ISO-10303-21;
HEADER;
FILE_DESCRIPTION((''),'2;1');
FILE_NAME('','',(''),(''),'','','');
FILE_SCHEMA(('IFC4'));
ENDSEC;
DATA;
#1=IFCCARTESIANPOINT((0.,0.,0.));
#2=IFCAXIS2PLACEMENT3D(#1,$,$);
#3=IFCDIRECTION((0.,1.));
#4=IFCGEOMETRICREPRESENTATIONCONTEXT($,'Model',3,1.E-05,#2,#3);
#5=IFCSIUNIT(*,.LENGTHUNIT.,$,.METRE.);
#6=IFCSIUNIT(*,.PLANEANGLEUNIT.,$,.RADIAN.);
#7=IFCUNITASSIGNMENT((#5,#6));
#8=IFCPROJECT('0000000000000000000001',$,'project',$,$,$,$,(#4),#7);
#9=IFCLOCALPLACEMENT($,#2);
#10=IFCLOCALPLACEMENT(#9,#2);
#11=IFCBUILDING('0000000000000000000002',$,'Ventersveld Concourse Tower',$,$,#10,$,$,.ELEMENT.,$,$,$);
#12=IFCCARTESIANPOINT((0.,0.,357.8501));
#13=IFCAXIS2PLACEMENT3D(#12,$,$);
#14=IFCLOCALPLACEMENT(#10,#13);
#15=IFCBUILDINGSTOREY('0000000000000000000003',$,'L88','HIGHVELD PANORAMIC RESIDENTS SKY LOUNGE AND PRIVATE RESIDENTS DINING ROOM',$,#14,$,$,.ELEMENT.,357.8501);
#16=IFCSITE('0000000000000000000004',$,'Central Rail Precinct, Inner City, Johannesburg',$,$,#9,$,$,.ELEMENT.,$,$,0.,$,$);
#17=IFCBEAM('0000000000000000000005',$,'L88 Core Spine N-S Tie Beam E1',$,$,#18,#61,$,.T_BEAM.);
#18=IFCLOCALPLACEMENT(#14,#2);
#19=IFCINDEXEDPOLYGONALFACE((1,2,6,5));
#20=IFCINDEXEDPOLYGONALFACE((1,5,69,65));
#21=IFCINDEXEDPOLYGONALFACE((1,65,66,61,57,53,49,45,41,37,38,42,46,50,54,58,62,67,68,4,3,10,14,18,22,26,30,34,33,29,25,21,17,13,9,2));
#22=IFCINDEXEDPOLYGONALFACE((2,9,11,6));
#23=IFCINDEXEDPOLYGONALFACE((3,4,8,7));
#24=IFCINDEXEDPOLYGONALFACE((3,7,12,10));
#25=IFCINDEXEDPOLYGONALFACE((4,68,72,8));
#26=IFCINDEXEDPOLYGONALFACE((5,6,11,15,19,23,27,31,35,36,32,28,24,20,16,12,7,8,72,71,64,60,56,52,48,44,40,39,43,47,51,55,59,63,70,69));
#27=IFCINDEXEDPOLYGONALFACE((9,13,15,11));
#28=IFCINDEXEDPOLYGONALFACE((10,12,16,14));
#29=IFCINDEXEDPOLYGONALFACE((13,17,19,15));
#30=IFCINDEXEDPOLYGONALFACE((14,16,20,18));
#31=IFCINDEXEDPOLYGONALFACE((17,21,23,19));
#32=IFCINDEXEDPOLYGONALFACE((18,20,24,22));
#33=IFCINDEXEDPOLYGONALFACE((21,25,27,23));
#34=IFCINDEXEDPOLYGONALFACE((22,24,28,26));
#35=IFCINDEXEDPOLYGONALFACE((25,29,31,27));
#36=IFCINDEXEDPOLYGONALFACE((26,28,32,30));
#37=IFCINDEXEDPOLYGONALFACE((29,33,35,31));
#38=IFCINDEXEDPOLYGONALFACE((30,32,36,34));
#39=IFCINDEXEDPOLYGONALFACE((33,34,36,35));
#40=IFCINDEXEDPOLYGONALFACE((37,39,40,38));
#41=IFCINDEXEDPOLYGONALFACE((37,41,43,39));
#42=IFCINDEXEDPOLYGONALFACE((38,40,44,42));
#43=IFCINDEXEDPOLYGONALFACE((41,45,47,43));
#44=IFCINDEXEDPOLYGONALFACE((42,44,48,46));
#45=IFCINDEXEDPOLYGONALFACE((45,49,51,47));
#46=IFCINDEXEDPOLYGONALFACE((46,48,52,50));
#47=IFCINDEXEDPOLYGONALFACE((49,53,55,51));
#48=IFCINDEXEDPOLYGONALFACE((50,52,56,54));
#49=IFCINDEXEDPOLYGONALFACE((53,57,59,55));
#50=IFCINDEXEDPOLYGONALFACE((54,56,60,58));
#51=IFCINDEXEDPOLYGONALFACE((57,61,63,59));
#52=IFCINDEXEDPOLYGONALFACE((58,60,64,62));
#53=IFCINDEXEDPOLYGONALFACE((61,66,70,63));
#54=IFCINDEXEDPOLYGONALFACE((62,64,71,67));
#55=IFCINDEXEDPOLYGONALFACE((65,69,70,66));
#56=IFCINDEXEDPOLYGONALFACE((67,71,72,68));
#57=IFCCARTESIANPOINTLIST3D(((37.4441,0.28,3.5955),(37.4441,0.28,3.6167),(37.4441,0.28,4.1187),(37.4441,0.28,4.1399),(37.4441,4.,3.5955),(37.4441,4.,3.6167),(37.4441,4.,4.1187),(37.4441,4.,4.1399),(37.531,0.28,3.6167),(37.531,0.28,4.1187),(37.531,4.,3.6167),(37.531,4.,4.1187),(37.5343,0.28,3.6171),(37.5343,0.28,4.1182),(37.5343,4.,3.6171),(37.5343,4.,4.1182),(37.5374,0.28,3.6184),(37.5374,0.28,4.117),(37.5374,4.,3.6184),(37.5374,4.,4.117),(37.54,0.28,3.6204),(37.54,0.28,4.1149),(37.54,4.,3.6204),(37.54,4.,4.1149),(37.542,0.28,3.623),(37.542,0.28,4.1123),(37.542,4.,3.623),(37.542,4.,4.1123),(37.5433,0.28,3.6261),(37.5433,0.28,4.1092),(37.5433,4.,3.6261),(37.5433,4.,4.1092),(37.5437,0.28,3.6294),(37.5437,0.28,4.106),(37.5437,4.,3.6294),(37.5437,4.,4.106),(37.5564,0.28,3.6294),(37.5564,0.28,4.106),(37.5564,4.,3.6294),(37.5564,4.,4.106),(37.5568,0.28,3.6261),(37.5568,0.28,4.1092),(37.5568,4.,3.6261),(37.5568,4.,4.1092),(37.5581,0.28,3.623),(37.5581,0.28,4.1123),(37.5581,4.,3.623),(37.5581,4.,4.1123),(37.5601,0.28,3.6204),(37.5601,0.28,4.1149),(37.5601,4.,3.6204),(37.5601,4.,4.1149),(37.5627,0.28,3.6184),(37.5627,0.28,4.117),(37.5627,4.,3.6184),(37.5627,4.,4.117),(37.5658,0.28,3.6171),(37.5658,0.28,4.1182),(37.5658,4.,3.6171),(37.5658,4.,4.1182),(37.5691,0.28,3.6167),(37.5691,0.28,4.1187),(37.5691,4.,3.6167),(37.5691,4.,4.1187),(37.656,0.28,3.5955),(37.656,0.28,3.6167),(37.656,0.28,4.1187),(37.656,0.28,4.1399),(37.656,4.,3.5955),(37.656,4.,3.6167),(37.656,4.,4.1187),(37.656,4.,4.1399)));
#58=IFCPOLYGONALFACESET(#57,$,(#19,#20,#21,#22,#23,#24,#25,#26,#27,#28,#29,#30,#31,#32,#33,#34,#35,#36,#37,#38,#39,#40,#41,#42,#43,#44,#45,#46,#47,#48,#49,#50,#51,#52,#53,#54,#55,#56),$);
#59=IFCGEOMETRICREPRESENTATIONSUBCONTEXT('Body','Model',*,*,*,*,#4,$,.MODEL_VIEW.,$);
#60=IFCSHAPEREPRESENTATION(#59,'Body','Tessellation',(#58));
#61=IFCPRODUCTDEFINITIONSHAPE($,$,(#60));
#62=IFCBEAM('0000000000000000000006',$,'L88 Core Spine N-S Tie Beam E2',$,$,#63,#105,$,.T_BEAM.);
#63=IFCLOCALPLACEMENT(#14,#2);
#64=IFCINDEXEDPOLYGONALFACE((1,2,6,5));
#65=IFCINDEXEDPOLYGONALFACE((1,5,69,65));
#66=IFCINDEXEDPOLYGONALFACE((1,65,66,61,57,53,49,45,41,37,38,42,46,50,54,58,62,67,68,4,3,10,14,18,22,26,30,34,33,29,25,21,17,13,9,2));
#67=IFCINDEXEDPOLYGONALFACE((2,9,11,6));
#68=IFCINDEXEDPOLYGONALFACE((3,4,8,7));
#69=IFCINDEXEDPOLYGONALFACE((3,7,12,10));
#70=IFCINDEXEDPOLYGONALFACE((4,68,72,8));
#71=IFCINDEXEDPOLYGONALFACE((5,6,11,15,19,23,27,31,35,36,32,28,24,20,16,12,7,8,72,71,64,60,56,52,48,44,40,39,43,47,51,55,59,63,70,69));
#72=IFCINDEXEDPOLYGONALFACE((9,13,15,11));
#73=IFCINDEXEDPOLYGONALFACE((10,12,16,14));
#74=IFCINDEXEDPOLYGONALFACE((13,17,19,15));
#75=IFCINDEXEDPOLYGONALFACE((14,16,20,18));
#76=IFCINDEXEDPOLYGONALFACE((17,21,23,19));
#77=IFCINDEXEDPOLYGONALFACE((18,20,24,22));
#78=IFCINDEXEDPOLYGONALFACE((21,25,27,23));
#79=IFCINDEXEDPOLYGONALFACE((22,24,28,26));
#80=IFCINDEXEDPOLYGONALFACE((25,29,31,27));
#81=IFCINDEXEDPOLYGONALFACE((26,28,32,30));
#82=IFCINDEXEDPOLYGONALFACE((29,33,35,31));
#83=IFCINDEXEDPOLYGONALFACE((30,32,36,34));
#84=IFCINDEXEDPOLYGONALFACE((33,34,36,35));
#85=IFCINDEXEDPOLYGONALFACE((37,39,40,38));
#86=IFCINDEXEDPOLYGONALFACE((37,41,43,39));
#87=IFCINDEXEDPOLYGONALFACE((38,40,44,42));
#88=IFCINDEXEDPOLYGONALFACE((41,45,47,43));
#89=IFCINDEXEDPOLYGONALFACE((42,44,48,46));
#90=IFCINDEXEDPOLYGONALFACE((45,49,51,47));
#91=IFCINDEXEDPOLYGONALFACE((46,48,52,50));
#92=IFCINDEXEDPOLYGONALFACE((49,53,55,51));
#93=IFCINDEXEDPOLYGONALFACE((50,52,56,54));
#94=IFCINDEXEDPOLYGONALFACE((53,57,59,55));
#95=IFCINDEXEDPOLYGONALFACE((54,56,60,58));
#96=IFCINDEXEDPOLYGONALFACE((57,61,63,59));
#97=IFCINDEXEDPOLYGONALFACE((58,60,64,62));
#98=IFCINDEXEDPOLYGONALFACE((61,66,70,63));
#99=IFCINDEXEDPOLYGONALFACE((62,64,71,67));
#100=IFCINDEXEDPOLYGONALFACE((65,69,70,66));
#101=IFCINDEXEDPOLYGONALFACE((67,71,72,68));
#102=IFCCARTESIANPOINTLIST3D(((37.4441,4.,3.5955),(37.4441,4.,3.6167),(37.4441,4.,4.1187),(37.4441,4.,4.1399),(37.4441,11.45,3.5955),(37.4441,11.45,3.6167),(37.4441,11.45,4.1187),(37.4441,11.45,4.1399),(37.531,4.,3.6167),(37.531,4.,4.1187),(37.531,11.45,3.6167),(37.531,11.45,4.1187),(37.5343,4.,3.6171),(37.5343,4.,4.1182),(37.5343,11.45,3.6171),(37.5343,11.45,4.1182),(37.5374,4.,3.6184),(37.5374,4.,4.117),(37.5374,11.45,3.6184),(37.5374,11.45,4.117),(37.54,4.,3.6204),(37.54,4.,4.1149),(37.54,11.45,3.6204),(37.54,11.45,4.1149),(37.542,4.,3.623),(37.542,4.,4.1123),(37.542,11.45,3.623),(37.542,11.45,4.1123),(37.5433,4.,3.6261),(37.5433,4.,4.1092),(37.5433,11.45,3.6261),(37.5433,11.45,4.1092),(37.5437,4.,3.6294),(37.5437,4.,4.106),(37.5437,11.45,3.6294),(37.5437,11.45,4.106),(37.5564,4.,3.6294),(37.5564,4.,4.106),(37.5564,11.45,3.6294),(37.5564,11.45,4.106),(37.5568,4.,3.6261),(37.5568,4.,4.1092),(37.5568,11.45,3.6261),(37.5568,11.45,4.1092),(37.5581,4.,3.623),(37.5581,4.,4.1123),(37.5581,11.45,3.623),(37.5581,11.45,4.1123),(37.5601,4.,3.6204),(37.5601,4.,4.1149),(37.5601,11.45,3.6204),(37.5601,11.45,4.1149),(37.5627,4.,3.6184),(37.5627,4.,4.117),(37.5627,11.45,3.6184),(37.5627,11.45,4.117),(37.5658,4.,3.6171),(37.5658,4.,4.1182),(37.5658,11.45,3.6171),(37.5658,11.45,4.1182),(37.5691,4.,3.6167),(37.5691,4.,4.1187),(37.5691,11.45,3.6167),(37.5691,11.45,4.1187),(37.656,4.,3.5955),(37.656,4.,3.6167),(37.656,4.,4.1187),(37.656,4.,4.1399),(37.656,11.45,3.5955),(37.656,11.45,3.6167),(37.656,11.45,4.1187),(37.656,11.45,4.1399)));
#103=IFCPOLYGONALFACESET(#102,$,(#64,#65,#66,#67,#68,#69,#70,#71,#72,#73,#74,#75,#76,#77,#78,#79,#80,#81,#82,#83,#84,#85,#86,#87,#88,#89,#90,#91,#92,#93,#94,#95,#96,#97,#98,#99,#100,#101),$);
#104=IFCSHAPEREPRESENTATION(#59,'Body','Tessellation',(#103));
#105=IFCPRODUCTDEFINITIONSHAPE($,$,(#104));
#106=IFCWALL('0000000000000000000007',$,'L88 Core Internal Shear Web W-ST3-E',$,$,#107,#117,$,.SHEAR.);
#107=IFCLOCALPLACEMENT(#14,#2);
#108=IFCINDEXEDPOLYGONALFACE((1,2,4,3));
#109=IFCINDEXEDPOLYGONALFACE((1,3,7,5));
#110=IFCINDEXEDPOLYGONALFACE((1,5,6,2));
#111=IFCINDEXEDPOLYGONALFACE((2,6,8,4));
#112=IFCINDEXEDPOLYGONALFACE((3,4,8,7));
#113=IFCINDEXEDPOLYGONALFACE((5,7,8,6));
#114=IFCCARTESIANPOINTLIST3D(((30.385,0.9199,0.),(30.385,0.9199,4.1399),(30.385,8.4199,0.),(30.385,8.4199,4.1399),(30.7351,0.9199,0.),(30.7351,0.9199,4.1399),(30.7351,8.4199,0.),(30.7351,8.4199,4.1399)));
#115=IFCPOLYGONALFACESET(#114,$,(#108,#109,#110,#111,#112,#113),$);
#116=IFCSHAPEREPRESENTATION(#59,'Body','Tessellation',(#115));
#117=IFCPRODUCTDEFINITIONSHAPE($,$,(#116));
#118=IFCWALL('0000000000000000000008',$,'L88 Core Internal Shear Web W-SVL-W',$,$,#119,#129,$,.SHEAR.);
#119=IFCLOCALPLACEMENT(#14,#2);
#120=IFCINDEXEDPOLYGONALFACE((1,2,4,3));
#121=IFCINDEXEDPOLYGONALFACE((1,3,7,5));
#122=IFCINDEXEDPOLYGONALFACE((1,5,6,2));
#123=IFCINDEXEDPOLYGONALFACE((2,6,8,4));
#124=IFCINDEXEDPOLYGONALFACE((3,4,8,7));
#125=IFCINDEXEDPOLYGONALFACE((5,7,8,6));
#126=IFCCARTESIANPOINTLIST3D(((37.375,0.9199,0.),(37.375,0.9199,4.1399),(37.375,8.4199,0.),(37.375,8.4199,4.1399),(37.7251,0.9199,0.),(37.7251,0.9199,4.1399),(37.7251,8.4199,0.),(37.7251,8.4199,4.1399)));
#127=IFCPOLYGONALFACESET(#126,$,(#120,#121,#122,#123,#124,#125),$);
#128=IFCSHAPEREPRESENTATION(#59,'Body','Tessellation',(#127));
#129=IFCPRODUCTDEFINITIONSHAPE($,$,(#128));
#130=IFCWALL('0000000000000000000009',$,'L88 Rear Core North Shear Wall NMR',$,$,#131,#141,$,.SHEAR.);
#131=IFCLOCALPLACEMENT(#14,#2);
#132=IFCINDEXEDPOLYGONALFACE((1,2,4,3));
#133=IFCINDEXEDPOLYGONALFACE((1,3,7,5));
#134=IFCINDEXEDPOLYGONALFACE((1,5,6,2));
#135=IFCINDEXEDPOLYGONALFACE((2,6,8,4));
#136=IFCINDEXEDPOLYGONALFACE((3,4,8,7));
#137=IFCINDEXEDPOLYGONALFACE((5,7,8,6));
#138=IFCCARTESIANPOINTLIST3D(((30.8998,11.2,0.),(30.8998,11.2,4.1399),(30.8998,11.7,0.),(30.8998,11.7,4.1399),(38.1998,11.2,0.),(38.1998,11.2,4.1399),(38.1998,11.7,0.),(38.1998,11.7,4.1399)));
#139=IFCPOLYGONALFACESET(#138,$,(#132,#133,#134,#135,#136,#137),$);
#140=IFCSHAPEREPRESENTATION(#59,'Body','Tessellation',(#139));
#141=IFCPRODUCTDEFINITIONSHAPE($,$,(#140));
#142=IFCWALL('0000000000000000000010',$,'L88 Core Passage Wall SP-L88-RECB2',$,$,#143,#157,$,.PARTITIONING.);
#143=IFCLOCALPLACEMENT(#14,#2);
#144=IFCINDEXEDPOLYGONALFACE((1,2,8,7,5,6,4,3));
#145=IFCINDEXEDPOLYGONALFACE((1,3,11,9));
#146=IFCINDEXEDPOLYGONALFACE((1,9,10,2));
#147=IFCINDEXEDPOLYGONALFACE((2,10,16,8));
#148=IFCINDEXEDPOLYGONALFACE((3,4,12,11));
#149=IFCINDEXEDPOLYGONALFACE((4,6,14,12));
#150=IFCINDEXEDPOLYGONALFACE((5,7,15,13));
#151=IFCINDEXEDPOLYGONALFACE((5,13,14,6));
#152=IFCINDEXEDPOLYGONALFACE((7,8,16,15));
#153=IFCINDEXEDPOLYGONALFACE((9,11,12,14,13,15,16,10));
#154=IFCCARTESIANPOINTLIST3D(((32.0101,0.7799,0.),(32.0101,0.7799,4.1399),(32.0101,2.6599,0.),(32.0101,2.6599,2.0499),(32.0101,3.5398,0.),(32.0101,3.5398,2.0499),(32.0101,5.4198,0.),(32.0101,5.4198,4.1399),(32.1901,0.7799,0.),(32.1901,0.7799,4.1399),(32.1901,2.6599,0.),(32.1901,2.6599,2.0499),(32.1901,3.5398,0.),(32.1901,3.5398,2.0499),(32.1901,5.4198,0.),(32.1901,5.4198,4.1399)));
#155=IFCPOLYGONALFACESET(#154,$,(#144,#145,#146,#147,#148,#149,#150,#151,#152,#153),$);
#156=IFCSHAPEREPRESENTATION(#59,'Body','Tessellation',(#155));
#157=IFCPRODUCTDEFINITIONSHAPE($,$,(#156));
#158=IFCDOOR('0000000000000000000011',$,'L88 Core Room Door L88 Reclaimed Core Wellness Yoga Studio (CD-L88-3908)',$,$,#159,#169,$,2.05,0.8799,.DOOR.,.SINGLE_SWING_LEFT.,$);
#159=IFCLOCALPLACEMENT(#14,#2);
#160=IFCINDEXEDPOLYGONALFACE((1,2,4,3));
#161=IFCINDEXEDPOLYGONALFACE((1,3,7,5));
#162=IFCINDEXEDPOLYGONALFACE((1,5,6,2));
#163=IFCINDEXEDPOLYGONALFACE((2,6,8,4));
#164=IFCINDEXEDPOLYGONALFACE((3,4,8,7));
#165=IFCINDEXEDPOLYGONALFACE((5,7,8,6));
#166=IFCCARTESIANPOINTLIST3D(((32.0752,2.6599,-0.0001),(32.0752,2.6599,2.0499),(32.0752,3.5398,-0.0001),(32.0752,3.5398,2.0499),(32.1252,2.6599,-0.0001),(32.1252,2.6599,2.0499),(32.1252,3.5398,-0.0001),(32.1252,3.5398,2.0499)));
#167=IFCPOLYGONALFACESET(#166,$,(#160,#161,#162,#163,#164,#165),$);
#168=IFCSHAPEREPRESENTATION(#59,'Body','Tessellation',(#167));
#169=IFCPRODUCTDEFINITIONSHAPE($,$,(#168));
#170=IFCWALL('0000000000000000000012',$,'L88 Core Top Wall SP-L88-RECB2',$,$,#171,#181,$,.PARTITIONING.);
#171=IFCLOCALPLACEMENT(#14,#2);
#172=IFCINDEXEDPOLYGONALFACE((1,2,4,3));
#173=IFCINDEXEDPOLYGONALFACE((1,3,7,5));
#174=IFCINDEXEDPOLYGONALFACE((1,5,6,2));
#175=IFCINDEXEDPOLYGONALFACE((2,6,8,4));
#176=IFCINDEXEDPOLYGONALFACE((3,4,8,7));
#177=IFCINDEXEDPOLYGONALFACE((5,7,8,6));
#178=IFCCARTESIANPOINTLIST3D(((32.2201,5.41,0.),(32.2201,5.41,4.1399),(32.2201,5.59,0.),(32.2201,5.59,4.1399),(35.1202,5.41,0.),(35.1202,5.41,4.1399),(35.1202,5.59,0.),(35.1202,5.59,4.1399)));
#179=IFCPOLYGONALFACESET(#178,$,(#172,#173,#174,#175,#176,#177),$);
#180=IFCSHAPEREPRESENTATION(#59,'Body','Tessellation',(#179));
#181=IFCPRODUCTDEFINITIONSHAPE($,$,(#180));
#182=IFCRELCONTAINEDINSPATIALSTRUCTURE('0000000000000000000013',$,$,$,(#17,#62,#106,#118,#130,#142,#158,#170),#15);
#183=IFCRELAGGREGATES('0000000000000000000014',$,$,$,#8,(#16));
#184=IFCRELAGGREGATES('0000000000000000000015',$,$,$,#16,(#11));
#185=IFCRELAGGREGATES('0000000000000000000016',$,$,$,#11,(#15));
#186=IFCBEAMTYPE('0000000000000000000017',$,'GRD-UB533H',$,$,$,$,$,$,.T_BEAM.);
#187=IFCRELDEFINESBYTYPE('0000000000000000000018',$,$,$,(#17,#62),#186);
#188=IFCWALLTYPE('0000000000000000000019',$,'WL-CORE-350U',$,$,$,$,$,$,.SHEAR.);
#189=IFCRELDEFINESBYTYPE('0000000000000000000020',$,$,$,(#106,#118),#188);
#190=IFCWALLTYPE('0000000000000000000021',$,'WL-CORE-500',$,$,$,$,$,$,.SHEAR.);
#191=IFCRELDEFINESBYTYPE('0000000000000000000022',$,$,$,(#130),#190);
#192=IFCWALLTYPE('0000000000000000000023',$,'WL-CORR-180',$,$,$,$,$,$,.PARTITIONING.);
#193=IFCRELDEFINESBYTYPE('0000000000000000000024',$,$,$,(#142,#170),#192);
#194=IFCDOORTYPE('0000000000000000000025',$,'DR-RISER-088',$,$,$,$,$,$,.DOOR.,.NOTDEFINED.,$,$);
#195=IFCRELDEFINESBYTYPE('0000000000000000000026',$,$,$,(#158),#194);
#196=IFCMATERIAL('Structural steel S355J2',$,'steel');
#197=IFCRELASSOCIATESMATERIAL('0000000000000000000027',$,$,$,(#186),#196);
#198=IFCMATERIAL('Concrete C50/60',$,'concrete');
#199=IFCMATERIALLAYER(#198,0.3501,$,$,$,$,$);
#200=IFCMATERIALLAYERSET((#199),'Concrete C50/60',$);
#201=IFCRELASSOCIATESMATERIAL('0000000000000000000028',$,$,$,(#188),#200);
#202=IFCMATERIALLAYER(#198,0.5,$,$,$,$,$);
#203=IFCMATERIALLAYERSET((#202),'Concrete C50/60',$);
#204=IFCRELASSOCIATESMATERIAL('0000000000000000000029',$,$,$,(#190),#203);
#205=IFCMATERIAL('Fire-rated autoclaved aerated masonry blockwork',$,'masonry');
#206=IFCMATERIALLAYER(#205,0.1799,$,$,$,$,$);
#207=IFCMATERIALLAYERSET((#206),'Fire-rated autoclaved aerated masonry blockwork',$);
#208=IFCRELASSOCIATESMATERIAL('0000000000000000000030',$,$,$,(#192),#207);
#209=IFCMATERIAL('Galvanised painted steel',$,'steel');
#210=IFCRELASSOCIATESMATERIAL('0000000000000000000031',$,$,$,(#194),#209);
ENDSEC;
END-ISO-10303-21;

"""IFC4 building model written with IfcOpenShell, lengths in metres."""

from ifc_helpers import new_model, si_unit, direction, frame, frame_2d, origin, origin_2d, place, context, subcontext, project, spatial, rectangle, i_section, extrude, material, layer, layer_set, material_profile, profile_set, type_object, element, fill, save


model = new_model("IFC4")

# Units and contexts
model_context = context("Model", 3, precision=1e-05, world=origin(), true_north=direction((0.0, 1.0)))
body_context = subcontext(model_context, "Body", "Model", "MODEL_VIEW")
ifc_project = project(units=[si_unit("LENGTHUNIT", "METRE"), si_unit("PLANEANGLEUNIT", "RADIAN")], contexts=[model_context])

# Site, building, storey
site_placement = place(None, origin())
site = spatial("IfcSite", under=ifc_project, at=site_placement, Name="Central Rail Precinct, Inner City, Johannesburg", CompositionType="ELEMENT", RefElevation=0.0)
building_placement = place(site_placement, origin())
building = spatial("IfcBuilding", under=site, at=building_placement, Name="Ventersveld Concourse Tower", CompositionType="ELEMENT")
storey_placement = place(building_placement, frame((0.0, 0.0, 357.8501)))
storey = spatial("IfcBuildingStorey", under=building, at=storey_placement, Name="L88", Description="HIGHVELD PANORAMIC RESIDENTS SKY LOUNGE AND PRIVATE RESIDENTS DINING ROOM", CompositionType="ELEMENT", Elevation=357.8501)

# Shared definitions
ifc_material_1 = material(Name="Concrete C50/60", Category="concrete")

# Beams
ifc_material_2 = material(Name="Structural steel S355J2", Category="steel")
ifc_material_profile_1 = material_profile(ifc_material_2, i_section(OverallWidth=0.2119, OverallDepth=0.5444, WebThickness=0.0127, FlangeThickness=0.0212, FilletRadius=0.0127, at=origin_2d()), Name="UB 533x210x122")
ifc_profile_set_1 = profile_set([ifc_material_profile_1], Name="Structural steel S355J2")
beam_type_1 = type_object("IfcBeamType", Name="GRD-UB533H", PredefinedType="T_BEAM", material=ifc_profile_set_1)
beam_1_placement = place(storey_placement, frame((37.55, 0.28, 3.8677), z_axis=(0.0, 1.0, 0.0), x_axis=(-1.0, 0.0, 0.0)))
element("IfcBeam", 1, at=beam_1_placement, inside=storey, type_object=beam_type_1, Name="L88 Core Spine N-S Tie Beam E1", PredefinedType="T_BEAM", context=body_context, shape_type="SweptSolid", body=[
    extrude(i_section(OverallWidth=0.2119, OverallDepth=0.5444, WebThickness=0.0127, FlangeThickness=0.0212, FilletRadius=0.0127, at=origin_2d()), origin(), (0.0, 0.0, 1.0), 3.72),
])
beam_2_placement = place(storey_placement, frame((37.55, 4.0, 3.8677), z_axis=(0.0, 1.0, 0.0), x_axis=(-1.0, 0.0, 0.0)))
element("IfcBeam", 2, at=beam_2_placement, inside=storey, type_object=beam_type_1, Name="L88 Core Spine N-S Tie Beam E2", PredefinedType="T_BEAM", context=body_context, shape_type="SweptSolid", body=[
    extrude(i_section(OverallWidth=0.2119, OverallDepth=0.5444, WebThickness=0.0127, FlangeThickness=0.0212, FilletRadius=0.0127, at=origin_2d()), origin(), (0.0, 0.0, 1.0), 7.45),
])

# Walls
ifc_layer_1 = layer(ifc_material_1, 0.3501)
ifc_layer_set_1 = layer_set([ifc_layer_1], Name="Concrete C50/60")
wall_type_1 = type_object("IfcWallType", Name="WL-CORE-350U", PredefinedType="SHEAR", material=ifc_layer_set_1)
for number, where, z_axis, x_axis, name in (
    (3, (30.5601, 0.9199, 0.0), (0.0, 0.0, 1.0), (0.0, 1.0, 0.0), "L88 Core Internal Shear Web W-ST3-E"),
    (4, (37.55, 0.9199, 0.0), (0.0, 0.0, 1.0), (0.0, 1.0, 0.0), "L88 Core Internal Shear Web W-SVL-W"),
):
    element("IfcWall", number, at=place(storey_placement, frame(where, z_axis=z_axis, x_axis=x_axis)), inside=storey, type_object=wall_type_1, Name=name, PredefinedType="SHEAR", context=body_context, shape_type="SweptSolid", body=[
        extrude(rectangle(XDim=7.5, YDim=0.3501, at=frame_2d((3.75, 0.0))), origin(), (0.0, 0.0, 1.0), 4.1399),
    ])
ifc_layer_2 = layer(ifc_material_1, 0.5)
ifc_layer_set_2 = layer_set([ifc_layer_2], Name="Concrete C50/60")
wall_type_2 = type_object("IfcWallType", Name="WL-CORE-500", PredefinedType="SHEAR", material=ifc_layer_set_2)
wall_1_placement = place(storey_placement, frame((30.8999, 11.45, 0.0), z_axis=(0.0, 0.0, 1.0), x_axis=(1.0, 0.0, 0.0)))
element("IfcWall", 5, at=wall_1_placement, inside=storey, type_object=wall_type_2, Name="L88 Rear Core North Shear Wall NMR", PredefinedType="SHEAR", context=body_context, shape_type="SweptSolid", body=[
    extrude(rectangle(XDim=7.3, YDim=0.5, at=frame_2d((3.6499, 0.0))), origin(), (0.0, 0.0, 1.0), 4.1399),
])

# Wall, opening, door
ifc_material_3 = material(Name="Fire-rated autoclaved aerated masonry blockwork", Category="masonry")
ifc_layer_3 = layer(ifc_material_3, 0.1799)
ifc_layer_set_3 = layer_set([ifc_layer_3], Name="Fire-rated autoclaved aerated masonry blockwork")
wall_type_3 = type_object("IfcWallType", Name="WL-CORR-180", PredefinedType="PARTITIONING", material=ifc_layer_set_3)
wall_2_placement = place(storey_placement, frame((32.1001, 0.78, 0.0), z_axis=(0.0, 0.0, 1.0), x_axis=(0.0, 1.0, 0.0)))
wall_2 = element("IfcWall", 6, at=wall_2_placement, inside=storey, type_object=wall_type_3, Name="L88 Core Passage Wall SP-L88-RECB2", PredefinedType="PARTITIONING", context=body_context, shape_type="SweptSolid", body=[
    extrude(rectangle(XDim=4.6399, YDim=0.1799, at=frame_2d((2.3198, 0.0))), origin(), (0.0, 0.0, 1.0), 4.1399),
])
opening_1_placement = place(wall_2_placement, frame((1.8799, 0.0, 0.0)))
opening_1 = element("IfcOpeningElement", 7, at=opening_1_placement, cuts=wall_2, PredefinedType="OPENING", context=body_context, shape_type="SweptSolid", body=[
    extrude(rectangle(XDim=0.8799, YDim=2.05, at=frame_2d((0.4399, 1.0249))), frame((0.0, 0.1001, 0.0), z_axis=(0.0, -1.0, 0.0), x_axis=(1.0, 0.0, 0.0)), (0.0, 0.0, 1.0), 0.2),
])
ifc_material_4 = material(Name="Galvanised painted steel", Category="steel")
door_type_1 = type_object("IfcDoorType", Name="DR-RISER-088", OperationType="NOTDEFINED", PredefinedType="DOOR", material=ifc_material_4)
door_1_placement = place(opening_1_placement, origin())
door_1 = element("IfcDoor", 8, at=door_1_placement, inside=storey, type_object=door_type_1, Name="L88 Core Room Door L88 Reclaimed Core Wellness Yoga Studio (CD-L88-3908)", OperationType="SINGLE_SWING_LEFT", OverallHeight=2.05, OverallWidth=0.8799, PredefinedType="DOOR", context=body_context, shape_type="SweptSolid", body=[
    extrude(rectangle(XDim=0.8799, YDim=2.05, at=frame_2d((0.4399, 1.0249))), frame((0.0, 0.0249, 0.0), z_axis=(0.0, -1.0, 0.0), x_axis=(1.0, 0.0, 0.0)), (0.0, 0.0, 1.0), 0.05),
])
fill(opening_1, door_1)

# Wall
wall_3_placement = place(storey_placement, frame((32.22, 5.5, 0.0), z_axis=(0.0, 0.0, 1.0), x_axis=(1.0, 0.0, 0.0)))
element("IfcWall", 9, at=wall_3_placement, inside=storey, type_object=wall_type_3, Name="L88 Core Top Wall SP-L88-RECB2", PredefinedType="PARTITIONING", context=body_context, shape_type="SweptSolid", body=[
    extrude(rectangle(XDim=2.9001, YDim=0.1799, at=frame_2d((1.4502, 0.0))), origin(), (0.0, 0.0, 1.0), 4.1399),
])

save(model, "model.ifc")
